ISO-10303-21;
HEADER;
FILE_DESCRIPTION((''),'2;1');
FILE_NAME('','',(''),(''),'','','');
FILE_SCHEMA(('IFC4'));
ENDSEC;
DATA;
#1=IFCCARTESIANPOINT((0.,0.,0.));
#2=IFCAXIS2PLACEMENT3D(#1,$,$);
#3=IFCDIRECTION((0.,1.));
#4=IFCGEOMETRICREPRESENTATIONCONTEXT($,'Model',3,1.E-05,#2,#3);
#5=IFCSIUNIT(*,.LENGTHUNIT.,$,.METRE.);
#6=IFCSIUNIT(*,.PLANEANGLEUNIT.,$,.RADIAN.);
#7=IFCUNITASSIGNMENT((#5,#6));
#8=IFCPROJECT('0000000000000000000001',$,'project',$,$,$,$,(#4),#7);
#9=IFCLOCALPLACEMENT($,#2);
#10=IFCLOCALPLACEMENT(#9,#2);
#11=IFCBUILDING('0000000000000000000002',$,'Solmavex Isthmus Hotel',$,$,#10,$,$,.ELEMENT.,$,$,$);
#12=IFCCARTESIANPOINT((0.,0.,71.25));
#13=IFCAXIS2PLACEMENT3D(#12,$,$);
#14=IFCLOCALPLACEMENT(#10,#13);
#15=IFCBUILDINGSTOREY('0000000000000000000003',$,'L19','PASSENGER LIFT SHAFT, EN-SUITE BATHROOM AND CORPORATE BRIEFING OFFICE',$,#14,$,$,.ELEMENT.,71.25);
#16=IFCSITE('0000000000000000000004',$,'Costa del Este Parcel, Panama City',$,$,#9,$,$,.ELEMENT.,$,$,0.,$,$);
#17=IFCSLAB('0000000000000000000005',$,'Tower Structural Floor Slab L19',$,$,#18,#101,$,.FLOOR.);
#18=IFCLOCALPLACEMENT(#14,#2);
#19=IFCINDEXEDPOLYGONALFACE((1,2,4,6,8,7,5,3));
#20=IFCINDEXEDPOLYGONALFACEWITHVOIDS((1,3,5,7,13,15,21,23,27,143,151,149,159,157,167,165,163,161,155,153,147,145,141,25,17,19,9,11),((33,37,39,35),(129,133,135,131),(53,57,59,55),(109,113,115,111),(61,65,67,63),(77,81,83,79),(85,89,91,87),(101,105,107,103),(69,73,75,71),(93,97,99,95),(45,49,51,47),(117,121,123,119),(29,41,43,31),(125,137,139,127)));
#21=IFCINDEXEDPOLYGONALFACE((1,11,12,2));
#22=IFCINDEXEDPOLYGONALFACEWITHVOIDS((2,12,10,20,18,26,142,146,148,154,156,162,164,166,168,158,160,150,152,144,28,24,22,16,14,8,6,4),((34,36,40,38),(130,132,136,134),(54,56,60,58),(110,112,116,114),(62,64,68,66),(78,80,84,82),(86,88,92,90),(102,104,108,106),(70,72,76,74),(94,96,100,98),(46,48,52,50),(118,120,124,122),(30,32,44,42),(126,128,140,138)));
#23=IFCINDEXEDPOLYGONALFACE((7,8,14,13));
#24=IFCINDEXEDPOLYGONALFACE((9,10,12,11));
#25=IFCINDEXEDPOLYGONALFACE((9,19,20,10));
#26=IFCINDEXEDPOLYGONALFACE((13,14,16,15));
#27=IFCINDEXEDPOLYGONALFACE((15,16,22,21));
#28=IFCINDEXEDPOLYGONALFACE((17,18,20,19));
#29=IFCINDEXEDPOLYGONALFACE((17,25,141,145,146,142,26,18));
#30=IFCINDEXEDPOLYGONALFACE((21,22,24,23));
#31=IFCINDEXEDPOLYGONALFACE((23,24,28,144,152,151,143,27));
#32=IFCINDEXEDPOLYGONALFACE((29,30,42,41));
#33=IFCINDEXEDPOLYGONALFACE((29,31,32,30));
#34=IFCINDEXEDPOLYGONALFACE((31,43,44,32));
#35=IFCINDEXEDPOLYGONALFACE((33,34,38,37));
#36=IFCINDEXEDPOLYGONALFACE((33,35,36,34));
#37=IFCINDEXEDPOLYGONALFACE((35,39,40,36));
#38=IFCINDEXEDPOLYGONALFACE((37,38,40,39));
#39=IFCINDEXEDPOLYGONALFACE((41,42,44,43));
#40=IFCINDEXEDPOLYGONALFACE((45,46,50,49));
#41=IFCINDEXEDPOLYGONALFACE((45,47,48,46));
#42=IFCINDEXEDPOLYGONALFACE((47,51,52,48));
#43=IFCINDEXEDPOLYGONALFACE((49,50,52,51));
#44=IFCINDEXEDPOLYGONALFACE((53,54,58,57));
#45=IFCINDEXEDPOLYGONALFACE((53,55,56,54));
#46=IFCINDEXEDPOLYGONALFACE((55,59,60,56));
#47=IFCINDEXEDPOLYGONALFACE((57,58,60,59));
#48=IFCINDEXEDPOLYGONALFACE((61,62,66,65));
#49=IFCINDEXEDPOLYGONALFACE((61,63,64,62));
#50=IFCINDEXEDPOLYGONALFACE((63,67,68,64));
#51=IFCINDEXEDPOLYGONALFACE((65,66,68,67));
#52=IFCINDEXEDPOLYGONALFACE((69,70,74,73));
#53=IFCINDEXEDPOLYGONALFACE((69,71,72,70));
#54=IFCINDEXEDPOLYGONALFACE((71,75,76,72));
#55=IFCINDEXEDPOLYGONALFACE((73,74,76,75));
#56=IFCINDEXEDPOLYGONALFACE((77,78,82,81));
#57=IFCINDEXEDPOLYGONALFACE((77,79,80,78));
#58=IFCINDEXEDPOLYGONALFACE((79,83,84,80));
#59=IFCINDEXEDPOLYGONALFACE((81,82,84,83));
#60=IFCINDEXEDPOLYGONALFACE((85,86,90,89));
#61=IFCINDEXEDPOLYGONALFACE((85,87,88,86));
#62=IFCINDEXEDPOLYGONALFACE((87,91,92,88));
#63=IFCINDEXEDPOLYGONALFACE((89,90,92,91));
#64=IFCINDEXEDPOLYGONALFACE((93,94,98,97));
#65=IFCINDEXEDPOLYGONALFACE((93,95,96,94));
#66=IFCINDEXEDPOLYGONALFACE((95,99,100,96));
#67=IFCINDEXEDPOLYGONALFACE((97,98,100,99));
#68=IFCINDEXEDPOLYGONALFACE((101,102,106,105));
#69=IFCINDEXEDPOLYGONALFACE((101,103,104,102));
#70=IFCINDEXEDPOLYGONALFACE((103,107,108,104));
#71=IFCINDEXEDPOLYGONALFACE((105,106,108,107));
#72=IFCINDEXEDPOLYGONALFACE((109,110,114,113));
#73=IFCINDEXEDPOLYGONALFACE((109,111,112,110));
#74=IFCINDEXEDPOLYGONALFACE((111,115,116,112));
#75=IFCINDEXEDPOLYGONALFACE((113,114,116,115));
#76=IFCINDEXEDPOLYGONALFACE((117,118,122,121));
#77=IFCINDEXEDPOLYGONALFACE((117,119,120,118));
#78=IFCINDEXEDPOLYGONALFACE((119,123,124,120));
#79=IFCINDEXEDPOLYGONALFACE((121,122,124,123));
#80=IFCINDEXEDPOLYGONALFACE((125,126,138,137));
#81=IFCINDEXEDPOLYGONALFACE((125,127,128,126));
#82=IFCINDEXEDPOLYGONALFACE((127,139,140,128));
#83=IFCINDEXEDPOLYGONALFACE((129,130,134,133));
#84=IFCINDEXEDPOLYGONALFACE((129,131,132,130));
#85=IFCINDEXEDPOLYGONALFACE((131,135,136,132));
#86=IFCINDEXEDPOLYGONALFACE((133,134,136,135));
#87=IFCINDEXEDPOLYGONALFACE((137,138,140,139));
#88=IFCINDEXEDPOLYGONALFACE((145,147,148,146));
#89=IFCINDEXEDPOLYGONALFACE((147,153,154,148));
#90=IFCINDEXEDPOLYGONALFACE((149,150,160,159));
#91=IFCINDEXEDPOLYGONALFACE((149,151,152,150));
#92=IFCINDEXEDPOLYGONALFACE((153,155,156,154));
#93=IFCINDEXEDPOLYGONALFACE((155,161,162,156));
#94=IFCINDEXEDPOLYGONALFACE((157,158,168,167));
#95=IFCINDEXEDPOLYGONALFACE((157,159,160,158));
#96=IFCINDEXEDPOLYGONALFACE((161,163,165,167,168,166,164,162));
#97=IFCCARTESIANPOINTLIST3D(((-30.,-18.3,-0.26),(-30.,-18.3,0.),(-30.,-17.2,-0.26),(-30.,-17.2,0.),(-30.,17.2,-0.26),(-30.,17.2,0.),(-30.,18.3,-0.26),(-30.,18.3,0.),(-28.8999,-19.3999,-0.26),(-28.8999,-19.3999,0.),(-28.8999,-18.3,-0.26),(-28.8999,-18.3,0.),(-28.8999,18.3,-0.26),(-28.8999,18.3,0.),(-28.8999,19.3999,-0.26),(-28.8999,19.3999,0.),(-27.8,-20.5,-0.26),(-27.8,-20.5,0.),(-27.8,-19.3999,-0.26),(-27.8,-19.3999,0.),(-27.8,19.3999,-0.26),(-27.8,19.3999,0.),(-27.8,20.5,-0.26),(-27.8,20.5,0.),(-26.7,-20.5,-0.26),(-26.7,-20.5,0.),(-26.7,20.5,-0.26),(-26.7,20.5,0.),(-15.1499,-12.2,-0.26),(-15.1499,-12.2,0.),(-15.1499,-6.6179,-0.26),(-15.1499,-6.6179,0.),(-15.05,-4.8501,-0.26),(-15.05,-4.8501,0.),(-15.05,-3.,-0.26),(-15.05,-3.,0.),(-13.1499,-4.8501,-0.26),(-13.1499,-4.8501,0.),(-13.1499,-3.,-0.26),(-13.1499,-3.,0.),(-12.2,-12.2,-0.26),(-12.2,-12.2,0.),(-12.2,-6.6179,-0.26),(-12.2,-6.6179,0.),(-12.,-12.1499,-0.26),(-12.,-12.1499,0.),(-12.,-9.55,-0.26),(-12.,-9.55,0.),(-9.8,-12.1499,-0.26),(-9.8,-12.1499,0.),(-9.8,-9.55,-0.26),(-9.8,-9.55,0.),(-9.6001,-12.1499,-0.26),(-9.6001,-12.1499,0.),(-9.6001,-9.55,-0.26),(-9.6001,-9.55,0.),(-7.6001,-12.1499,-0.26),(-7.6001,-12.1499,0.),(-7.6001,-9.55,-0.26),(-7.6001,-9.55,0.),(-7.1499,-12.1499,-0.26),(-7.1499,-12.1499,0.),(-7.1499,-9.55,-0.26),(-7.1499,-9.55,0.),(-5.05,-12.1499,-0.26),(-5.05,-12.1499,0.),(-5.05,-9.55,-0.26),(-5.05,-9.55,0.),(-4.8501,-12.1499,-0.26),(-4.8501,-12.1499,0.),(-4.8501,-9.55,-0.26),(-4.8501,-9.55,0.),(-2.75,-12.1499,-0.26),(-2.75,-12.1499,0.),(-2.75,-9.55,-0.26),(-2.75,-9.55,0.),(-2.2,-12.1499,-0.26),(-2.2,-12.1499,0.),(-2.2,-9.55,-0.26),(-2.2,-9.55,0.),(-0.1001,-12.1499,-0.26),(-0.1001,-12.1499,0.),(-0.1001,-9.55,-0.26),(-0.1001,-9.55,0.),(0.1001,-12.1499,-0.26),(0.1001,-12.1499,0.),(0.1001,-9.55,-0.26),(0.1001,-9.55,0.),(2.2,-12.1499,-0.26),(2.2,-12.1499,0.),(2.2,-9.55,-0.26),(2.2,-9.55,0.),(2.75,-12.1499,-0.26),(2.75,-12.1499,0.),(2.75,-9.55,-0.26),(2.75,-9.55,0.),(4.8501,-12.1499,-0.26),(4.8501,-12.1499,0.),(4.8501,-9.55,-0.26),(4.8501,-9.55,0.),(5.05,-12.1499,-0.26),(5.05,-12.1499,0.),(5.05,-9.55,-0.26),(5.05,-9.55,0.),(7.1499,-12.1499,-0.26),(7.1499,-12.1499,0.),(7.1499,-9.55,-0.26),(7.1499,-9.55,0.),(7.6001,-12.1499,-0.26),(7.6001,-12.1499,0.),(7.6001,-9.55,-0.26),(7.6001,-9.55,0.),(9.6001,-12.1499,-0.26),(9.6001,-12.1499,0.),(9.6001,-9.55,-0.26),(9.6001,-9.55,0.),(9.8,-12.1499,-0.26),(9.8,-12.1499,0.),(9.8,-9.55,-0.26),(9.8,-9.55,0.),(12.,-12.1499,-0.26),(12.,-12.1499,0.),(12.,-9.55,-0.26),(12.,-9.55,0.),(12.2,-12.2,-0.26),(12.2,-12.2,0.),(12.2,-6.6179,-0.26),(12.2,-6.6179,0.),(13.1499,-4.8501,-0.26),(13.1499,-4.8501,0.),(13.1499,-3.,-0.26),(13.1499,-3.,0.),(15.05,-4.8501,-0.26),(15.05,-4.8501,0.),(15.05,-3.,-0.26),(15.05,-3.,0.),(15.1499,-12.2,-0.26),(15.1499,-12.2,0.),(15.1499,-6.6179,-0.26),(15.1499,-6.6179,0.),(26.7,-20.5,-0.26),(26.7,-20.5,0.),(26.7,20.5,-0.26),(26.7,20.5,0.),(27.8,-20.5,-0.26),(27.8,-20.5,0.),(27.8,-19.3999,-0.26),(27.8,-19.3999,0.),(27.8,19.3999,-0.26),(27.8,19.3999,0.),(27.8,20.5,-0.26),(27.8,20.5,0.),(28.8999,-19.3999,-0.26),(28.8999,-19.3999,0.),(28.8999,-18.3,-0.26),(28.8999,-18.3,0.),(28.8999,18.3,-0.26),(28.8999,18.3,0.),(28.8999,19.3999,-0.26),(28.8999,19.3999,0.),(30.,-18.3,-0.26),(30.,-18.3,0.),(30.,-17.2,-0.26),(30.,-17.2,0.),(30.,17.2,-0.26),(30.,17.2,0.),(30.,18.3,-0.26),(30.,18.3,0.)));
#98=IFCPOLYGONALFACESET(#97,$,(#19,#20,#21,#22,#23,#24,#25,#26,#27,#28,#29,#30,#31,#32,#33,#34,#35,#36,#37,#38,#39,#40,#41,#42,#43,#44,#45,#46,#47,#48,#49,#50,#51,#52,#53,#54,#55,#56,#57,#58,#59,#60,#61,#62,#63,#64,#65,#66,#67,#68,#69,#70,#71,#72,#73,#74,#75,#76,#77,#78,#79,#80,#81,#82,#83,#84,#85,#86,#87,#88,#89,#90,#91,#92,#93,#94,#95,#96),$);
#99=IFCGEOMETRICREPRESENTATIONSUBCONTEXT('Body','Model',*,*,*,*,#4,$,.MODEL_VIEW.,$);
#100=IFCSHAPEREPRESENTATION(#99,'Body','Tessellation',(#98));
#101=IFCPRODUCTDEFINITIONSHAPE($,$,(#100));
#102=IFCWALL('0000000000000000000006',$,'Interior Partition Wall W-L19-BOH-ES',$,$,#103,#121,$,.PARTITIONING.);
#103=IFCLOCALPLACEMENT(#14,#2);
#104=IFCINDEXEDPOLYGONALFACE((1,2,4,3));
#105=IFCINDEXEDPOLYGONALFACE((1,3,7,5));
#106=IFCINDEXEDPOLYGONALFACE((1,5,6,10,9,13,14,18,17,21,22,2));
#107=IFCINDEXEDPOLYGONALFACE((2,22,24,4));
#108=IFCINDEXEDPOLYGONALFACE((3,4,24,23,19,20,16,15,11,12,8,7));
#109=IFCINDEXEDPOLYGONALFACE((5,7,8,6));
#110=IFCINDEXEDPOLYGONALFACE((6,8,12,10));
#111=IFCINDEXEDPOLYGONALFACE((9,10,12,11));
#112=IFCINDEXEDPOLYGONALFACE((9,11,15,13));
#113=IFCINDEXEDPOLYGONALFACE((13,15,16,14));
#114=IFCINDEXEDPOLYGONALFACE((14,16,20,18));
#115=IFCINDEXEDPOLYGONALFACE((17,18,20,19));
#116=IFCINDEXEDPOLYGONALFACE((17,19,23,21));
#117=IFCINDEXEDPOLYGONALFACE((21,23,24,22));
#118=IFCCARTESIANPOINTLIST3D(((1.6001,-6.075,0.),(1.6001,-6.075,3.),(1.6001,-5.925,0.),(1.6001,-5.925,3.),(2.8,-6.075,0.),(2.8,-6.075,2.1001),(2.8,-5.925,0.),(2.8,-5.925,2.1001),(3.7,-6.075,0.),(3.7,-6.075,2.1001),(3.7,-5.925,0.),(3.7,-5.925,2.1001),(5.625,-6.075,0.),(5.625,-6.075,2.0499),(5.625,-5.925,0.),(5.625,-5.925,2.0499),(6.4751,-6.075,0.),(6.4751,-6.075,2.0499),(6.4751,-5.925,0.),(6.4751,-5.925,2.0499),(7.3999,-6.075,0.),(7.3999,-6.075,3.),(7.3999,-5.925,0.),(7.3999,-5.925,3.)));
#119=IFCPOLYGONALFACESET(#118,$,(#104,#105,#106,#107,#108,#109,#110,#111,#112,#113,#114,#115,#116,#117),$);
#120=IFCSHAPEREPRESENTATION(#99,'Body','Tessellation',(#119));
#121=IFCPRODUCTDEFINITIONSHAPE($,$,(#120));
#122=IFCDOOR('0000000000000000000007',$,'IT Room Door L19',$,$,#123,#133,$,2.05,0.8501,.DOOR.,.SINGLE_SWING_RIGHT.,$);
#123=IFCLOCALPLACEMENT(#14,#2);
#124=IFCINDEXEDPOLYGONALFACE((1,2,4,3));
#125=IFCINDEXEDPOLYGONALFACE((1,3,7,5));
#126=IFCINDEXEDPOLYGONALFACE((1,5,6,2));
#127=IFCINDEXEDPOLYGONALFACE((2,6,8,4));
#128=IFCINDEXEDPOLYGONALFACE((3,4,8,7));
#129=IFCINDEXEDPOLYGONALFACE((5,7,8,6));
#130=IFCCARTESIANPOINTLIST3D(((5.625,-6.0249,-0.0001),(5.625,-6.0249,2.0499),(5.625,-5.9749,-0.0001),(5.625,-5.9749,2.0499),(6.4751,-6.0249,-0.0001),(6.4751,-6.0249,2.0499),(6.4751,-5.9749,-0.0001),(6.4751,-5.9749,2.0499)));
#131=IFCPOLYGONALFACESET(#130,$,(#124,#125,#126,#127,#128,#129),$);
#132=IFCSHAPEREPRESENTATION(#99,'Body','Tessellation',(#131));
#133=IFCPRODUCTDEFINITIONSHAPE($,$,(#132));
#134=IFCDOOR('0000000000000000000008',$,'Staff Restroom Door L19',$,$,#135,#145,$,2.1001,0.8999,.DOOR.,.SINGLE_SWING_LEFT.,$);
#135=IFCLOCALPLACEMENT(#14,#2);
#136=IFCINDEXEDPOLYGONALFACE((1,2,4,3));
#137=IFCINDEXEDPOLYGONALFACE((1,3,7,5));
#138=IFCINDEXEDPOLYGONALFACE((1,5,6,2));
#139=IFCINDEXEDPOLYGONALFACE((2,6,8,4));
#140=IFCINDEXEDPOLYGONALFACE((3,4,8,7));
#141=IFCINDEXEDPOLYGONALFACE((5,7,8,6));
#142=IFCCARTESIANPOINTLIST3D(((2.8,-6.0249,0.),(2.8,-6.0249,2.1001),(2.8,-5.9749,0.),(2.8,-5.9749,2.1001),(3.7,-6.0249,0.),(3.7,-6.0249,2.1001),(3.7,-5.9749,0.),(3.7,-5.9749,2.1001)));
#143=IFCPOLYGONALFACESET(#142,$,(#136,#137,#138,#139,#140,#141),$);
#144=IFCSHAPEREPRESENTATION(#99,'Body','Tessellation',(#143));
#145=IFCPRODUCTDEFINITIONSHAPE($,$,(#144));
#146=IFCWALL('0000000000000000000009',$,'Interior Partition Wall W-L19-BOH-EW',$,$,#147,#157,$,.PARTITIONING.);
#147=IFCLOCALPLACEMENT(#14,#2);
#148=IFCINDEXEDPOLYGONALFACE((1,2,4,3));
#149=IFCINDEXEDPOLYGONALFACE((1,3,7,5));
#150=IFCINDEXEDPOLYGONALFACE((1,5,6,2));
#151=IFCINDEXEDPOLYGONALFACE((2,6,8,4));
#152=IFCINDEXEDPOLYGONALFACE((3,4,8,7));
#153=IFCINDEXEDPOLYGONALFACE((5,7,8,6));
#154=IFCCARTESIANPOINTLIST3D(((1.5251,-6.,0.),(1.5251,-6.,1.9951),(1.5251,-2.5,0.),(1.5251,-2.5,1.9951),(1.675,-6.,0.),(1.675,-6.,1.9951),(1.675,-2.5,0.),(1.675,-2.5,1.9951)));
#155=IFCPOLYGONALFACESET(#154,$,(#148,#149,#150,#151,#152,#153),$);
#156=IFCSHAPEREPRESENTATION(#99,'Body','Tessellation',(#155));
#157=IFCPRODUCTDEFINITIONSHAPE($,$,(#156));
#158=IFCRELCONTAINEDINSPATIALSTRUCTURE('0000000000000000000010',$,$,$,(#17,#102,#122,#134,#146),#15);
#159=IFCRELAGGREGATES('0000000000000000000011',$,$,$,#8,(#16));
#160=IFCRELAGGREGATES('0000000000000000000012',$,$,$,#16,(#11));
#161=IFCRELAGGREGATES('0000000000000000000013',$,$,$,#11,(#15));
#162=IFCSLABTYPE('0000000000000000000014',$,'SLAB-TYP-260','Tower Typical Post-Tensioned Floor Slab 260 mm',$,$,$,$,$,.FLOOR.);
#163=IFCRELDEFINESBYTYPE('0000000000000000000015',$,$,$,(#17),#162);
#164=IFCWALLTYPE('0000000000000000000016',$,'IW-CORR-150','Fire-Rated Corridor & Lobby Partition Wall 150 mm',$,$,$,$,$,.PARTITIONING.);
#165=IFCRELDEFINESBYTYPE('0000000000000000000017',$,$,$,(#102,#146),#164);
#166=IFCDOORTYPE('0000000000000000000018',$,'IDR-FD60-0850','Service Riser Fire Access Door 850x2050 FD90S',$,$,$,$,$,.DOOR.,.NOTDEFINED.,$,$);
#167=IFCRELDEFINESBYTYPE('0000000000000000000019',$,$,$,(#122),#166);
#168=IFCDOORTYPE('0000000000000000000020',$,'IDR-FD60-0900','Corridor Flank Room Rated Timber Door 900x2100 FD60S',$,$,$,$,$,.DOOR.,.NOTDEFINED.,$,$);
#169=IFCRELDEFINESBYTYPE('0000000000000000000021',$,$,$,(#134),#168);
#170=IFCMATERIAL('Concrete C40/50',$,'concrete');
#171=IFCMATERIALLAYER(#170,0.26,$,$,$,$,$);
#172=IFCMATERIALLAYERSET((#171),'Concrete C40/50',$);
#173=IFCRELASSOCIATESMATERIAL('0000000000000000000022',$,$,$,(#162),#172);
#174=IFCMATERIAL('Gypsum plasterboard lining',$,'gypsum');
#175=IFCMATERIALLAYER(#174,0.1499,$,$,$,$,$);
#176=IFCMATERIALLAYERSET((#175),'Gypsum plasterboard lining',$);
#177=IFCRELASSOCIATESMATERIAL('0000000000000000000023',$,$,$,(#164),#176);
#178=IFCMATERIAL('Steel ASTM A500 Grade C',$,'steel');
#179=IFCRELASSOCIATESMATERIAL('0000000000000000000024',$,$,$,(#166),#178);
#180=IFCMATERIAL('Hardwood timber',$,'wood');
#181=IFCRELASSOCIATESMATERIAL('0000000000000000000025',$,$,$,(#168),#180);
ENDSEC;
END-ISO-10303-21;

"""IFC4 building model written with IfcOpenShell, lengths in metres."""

from ifc_helpers import new_model, si_unit, direction, frame, frame_2d, origin, place, context, subcontext, project, spatial, polyline, rectangle, outline, extrude, material, layer, layer_set, type_object, element, fill, save


model = new_model("IFC4")

# Units and contexts
model_context = context("Model", 3, precision=1e-05, world=origin(), true_north=direction((0.0, 1.0)))
body_context = subcontext(model_context, "Body", "Model", "MODEL_VIEW")
ifc_project = project(units=[si_unit("LENGTHUNIT", "METRE"), si_unit("PLANEANGLEUNIT", "RADIAN")], contexts=[model_context])

# Site, building, storey
site_placement = place(None, origin())
site = spatial("IfcSite", under=ifc_project, at=site_placement, Name="Costa del Este Parcel, Panama City", CompositionType="ELEMENT", RefElevation=0.0)
building_placement = place(site_placement, origin())
building = spatial("IfcBuilding", under=site, at=building_placement, Name="Solmavex Isthmus Hotel", CompositionType="ELEMENT")
storey_placement = place(building_placement, frame((0.0, 0.0, 71.25)))
storey = spatial("IfcBuildingStorey", under=building, at=storey_placement, Name="L19", Description="PASSENGER LIFT SHAFT, EN-SUITE BATHROOM AND CORPORATE BRIEFING OFFICE", CompositionType="ELEMENT", Elevation=71.25)

# Slab
ifc_material_1 = material(Name="Concrete C40/50", Category="concrete")
ifc_layer_1 = layer(ifc_material_1, 0.26)
ifc_layer_set_1 = layer_set([ifc_layer_1], Name="Concrete C40/50")
slab_type_1 = type_object("IfcSlabType", Name="SLAB-TYP-260", Description="Tower Typical Post-Tensioned Floor Slab 260 mm", PredefinedType="FLOOR", material=ifc_layer_set_1)
slab_1_placement = place(storey_placement, frame((0.0, 0.0, -0.26)))
element("IfcSlab", 1, at=slab_1_placement, inside=storey, type_object=slab_type_1, Name="Tower Structural Floor Slab L19", PredefinedType="FLOOR", context=body_context, shape_type="SweptSolid", body=[
    extrude(outline(polyline([(-26.7, -20.5), (26.7, -20.5), (27.8, -20.5), (27.8, -19.3999), (28.8999, -19.3999), (28.8999, -18.3), (30.0, -18.3), (30.0, -17.2), (30.0, 17.2), (30.0, 18.3), (28.8999, 18.3), (28.8999, 19.3999), (27.8, 19.3999), (27.8, 20.5), (26.7, 20.5), (-26.7, 20.5), (-27.8, 20.5), (-27.8, 19.3999), (-28.8999, 19.3999), (-28.8999, 18.3), (-30.0, 18.3), (-30.0, 17.2), (-30.0, -17.2), (-30.0, -18.3), (-28.8999, -18.3), (-28.8999, -19.3999), (-27.8, -19.3999), (-27.8, -20.5), (-26.7, -20.5)]), holes=[polyline([(-15.1499, -6.6179), (-15.1499, -12.2), (-12.2, -12.2), (-12.2, -6.6179), (-15.1499, -6.6179)]), polyline([(12.2, -6.6179), (12.2, -12.2), (15.1499, -12.2), (15.1499, -6.6179), (12.2, -6.6179)]), polyline([(-12.0, -12.1499), (-9.8, -12.1499), (-9.8, -9.55), (-12.0, -9.55), (-12.0, -12.1499)]), polyline([(9.8, -12.1499), (12.0, -12.1499), (12.0, -9.55), (9.8, -9.55), (9.8, -12.1499)]), polyline([(-9.6001, -12.1499), (-7.6001, -12.1499), (-7.6001, -9.55), (-9.6001, -9.55), (-9.6001, -12.1499)]), polyline([(7.6001, -12.1499), (9.6001, -12.1499), (9.6001, -9.55), (7.6001, -9.55), (7.6001, -12.1499)]), polyline([(-7.1499, -12.1499), (-5.05, -12.1499), (-5.05, -9.55), (-7.1499, -9.55), (-7.1499, -12.1499)]), polyline([(-4.8501, -12.1499), (-2.75, -12.1499), (-2.75, -9.55), (-4.8501, -9.55), (-4.8501, -12.1499)]), polyline([(-2.2, -12.1499), (-0.1001, -12.1499), (-0.1001, -9.55), (-2.2, -9.55), (-2.2, -12.1499)]), polyline([(0.1001, -12.1499), (2.2, -12.1499), (2.2, -9.55), (0.1001, -9.55), (0.1001, -12.1499)]), polyline([(2.75, -12.1499), (4.8501, -12.1499), (4.8501, -9.55), (2.75, -9.55), (2.75, -12.1499)]), polyline([(5.05, -12.1499), (7.1499, -12.1499), (7.1499, -9.55), (5.05, -9.55), (5.05, -12.1499)]), polyline([(-15.05, -4.8501), (-13.1499, -4.8501), (-13.1499, -3.0), (-15.05, -3.0), (-15.05, -4.8501)]), polyline([(13.1499, -4.8501), (15.05, -4.8501), (15.05, -3.0), (13.1499, -3.0), (13.1499, -4.8501)])]), origin(), (0.0, 0.0, 1.0), 0.26),
])

# Wall, openings, doors
ifc_material_2 = material(Name="Gypsum plasterboard lining", Category="gypsum")
ifc_layer_2 = layer(ifc_material_2, 0.1499)
ifc_layer_set_2 = layer_set([ifc_layer_2], Name="Gypsum plasterboard lining")
wall_type_1 = type_object("IfcWallType", Name="IW-CORR-150", Description="Fire-Rated Corridor & Lobby Partition Wall 150 mm", PredefinedType="PARTITIONING", material=ifc_layer_set_2)
wall_1_placement = place(storey_placement, frame((1.6001, -6.0, 0.0), z_axis=(0.0, 0.0, 1.0), x_axis=(1.0, 0.0, 0.0)))
wall_1 = element("IfcWall", 2, at=wall_1_placement, inside=storey, type_object=wall_type_1, Name="Interior Partition Wall W-L19-BOH-ES", PredefinedType="PARTITIONING", context=body_context, shape_type="SweptSolid", body=[
    extrude(rectangle(XDim=5.7998, YDim=0.1499, at=frame_2d((2.8999, 0.0))), origin(), (0.0, 0.0, 1.0), 3.0),
])
opening_1_placement = place(wall_1_placement, frame((1.2, 0.0, 0.0)))
opening_1 = element("IfcOpeningElement", 3, at=opening_1_placement, cuts=wall_1, PredefinedType="OPENING", context=body_context, shape_type="SweptSolid", body=[
    extrude(rectangle(XDim=0.8999, YDim=2.1001, at=frame_2d((0.45, 1.05))), frame((0.0, 0.085, 0.0), z_axis=(0.0, -1.0, 0.0), x_axis=(1.0, 0.0, 0.0)), (0.0, 0.0, 1.0), 0.1699),
])
opening_2_placement = place(wall_1_placement, frame((4.0249, 0.0, 0.0)))
opening_2 = element("IfcOpeningElement", 4, at=opening_2_placement, cuts=wall_1, PredefinedType="OPENING", context=body_context, shape_type="SweptSolid", body=[
    extrude(rectangle(XDim=0.8501, YDim=2.05, at=frame_2d((0.425, 1.0249))), frame((0.0, 0.085, 0.0), z_axis=(0.0, -1.0, 0.0), x_axis=(1.0, 0.0, 0.0)), (0.0, 0.0, 1.0), 0.1699),
])
ifc_material_3 = material(Name="Steel ASTM A500 Grade C", Category="steel")
door_type_1 = type_object("IfcDoorType", Name="IDR-FD60-0850", Description="Service Riser Fire Access Door 850x2050 FD90S", OperationType="NOTDEFINED", PredefinedType="DOOR", material=ifc_material_3)
door_1_placement = place(opening_2_placement, frame((0.8501, 0.0, 0.0), z_axis=(0.0, 0.0, 1.0), x_axis=(-1.0, 0.0, 0.0)))
door_1 = element("IfcDoor", 5, at=door_1_placement, inside=storey, type_object=door_type_1, Name="IT Room Door L19", OperationType="SINGLE_SWING_RIGHT", OverallHeight=2.05, OverallWidth=0.8501, PredefinedType="DOOR", context=body_context, shape_type="SweptSolid", body=[
    extrude(rectangle(XDim=0.8501, YDim=2.05, at=frame_2d((0.425, 1.0249))), frame((0.0, 0.0249, 0.0), z_axis=(0.0, -1.0, 0.0), x_axis=(1.0, 0.0, 0.0)), (0.0, 0.0, 1.0), 0.05),
])
fill(opening_2, door_1)
ifc_material_4 = material(Name="Hardwood timber", Category="wood")
door_type_2 = type_object("IfcDoorType", Name="IDR-FD60-0900", Description="Corridor Flank Room Rated Timber Door 900x2100 FD60S", OperationType="NOTDEFINED", PredefinedType="DOOR", material=ifc_material_4)
door_2_placement = place(opening_1_placement, frame((0.8999, 0.0, 0.0), z_axis=(0.0, 0.0, 1.0), x_axis=(-1.0, 0.0, 0.0)))
door_2 = element("IfcDoor", 6, at=door_2_placement, inside=storey, type_object=door_type_2, Name="Staff Restroom Door L19", OperationType="SINGLE_SWING_LEFT", OverallHeight=2.1001, OverallWidth=0.8999, PredefinedType="DOOR", context=body_context, shape_type="SweptSolid", body=[
    extrude(rectangle(XDim=0.8999, YDim=2.1001, at=frame_2d((0.45, 1.05))), frame((0.0, 0.0249, 0.0), z_axis=(0.0, -1.0, 0.0), x_axis=(1.0, 0.0, 0.0)), (0.0, 0.0, 1.0), 0.05),
])
fill(opening_1, door_2)

# Wall
wall_2_placement = place(storey_placement, frame((1.6001, -6.0, 0.0), z_axis=(0.0, 0.0, 1.0), x_axis=(0.0, 1.0, 0.0)))
element("IfcWall", 7, at=wall_2_placement, inside=storey, type_object=wall_type_1, Name="Interior Partition Wall W-L19-BOH-EW", PredefinedType="PARTITIONING", context=body_context, shape_type="SweptSolid", body=[
    extrude(rectangle(XDim=3.5, YDim=0.1499, at=frame_2d((1.75, 0.0))), origin(), (0.0, 0.0, 1.0), 1.9951),
])

save(model, "model.ifc")
